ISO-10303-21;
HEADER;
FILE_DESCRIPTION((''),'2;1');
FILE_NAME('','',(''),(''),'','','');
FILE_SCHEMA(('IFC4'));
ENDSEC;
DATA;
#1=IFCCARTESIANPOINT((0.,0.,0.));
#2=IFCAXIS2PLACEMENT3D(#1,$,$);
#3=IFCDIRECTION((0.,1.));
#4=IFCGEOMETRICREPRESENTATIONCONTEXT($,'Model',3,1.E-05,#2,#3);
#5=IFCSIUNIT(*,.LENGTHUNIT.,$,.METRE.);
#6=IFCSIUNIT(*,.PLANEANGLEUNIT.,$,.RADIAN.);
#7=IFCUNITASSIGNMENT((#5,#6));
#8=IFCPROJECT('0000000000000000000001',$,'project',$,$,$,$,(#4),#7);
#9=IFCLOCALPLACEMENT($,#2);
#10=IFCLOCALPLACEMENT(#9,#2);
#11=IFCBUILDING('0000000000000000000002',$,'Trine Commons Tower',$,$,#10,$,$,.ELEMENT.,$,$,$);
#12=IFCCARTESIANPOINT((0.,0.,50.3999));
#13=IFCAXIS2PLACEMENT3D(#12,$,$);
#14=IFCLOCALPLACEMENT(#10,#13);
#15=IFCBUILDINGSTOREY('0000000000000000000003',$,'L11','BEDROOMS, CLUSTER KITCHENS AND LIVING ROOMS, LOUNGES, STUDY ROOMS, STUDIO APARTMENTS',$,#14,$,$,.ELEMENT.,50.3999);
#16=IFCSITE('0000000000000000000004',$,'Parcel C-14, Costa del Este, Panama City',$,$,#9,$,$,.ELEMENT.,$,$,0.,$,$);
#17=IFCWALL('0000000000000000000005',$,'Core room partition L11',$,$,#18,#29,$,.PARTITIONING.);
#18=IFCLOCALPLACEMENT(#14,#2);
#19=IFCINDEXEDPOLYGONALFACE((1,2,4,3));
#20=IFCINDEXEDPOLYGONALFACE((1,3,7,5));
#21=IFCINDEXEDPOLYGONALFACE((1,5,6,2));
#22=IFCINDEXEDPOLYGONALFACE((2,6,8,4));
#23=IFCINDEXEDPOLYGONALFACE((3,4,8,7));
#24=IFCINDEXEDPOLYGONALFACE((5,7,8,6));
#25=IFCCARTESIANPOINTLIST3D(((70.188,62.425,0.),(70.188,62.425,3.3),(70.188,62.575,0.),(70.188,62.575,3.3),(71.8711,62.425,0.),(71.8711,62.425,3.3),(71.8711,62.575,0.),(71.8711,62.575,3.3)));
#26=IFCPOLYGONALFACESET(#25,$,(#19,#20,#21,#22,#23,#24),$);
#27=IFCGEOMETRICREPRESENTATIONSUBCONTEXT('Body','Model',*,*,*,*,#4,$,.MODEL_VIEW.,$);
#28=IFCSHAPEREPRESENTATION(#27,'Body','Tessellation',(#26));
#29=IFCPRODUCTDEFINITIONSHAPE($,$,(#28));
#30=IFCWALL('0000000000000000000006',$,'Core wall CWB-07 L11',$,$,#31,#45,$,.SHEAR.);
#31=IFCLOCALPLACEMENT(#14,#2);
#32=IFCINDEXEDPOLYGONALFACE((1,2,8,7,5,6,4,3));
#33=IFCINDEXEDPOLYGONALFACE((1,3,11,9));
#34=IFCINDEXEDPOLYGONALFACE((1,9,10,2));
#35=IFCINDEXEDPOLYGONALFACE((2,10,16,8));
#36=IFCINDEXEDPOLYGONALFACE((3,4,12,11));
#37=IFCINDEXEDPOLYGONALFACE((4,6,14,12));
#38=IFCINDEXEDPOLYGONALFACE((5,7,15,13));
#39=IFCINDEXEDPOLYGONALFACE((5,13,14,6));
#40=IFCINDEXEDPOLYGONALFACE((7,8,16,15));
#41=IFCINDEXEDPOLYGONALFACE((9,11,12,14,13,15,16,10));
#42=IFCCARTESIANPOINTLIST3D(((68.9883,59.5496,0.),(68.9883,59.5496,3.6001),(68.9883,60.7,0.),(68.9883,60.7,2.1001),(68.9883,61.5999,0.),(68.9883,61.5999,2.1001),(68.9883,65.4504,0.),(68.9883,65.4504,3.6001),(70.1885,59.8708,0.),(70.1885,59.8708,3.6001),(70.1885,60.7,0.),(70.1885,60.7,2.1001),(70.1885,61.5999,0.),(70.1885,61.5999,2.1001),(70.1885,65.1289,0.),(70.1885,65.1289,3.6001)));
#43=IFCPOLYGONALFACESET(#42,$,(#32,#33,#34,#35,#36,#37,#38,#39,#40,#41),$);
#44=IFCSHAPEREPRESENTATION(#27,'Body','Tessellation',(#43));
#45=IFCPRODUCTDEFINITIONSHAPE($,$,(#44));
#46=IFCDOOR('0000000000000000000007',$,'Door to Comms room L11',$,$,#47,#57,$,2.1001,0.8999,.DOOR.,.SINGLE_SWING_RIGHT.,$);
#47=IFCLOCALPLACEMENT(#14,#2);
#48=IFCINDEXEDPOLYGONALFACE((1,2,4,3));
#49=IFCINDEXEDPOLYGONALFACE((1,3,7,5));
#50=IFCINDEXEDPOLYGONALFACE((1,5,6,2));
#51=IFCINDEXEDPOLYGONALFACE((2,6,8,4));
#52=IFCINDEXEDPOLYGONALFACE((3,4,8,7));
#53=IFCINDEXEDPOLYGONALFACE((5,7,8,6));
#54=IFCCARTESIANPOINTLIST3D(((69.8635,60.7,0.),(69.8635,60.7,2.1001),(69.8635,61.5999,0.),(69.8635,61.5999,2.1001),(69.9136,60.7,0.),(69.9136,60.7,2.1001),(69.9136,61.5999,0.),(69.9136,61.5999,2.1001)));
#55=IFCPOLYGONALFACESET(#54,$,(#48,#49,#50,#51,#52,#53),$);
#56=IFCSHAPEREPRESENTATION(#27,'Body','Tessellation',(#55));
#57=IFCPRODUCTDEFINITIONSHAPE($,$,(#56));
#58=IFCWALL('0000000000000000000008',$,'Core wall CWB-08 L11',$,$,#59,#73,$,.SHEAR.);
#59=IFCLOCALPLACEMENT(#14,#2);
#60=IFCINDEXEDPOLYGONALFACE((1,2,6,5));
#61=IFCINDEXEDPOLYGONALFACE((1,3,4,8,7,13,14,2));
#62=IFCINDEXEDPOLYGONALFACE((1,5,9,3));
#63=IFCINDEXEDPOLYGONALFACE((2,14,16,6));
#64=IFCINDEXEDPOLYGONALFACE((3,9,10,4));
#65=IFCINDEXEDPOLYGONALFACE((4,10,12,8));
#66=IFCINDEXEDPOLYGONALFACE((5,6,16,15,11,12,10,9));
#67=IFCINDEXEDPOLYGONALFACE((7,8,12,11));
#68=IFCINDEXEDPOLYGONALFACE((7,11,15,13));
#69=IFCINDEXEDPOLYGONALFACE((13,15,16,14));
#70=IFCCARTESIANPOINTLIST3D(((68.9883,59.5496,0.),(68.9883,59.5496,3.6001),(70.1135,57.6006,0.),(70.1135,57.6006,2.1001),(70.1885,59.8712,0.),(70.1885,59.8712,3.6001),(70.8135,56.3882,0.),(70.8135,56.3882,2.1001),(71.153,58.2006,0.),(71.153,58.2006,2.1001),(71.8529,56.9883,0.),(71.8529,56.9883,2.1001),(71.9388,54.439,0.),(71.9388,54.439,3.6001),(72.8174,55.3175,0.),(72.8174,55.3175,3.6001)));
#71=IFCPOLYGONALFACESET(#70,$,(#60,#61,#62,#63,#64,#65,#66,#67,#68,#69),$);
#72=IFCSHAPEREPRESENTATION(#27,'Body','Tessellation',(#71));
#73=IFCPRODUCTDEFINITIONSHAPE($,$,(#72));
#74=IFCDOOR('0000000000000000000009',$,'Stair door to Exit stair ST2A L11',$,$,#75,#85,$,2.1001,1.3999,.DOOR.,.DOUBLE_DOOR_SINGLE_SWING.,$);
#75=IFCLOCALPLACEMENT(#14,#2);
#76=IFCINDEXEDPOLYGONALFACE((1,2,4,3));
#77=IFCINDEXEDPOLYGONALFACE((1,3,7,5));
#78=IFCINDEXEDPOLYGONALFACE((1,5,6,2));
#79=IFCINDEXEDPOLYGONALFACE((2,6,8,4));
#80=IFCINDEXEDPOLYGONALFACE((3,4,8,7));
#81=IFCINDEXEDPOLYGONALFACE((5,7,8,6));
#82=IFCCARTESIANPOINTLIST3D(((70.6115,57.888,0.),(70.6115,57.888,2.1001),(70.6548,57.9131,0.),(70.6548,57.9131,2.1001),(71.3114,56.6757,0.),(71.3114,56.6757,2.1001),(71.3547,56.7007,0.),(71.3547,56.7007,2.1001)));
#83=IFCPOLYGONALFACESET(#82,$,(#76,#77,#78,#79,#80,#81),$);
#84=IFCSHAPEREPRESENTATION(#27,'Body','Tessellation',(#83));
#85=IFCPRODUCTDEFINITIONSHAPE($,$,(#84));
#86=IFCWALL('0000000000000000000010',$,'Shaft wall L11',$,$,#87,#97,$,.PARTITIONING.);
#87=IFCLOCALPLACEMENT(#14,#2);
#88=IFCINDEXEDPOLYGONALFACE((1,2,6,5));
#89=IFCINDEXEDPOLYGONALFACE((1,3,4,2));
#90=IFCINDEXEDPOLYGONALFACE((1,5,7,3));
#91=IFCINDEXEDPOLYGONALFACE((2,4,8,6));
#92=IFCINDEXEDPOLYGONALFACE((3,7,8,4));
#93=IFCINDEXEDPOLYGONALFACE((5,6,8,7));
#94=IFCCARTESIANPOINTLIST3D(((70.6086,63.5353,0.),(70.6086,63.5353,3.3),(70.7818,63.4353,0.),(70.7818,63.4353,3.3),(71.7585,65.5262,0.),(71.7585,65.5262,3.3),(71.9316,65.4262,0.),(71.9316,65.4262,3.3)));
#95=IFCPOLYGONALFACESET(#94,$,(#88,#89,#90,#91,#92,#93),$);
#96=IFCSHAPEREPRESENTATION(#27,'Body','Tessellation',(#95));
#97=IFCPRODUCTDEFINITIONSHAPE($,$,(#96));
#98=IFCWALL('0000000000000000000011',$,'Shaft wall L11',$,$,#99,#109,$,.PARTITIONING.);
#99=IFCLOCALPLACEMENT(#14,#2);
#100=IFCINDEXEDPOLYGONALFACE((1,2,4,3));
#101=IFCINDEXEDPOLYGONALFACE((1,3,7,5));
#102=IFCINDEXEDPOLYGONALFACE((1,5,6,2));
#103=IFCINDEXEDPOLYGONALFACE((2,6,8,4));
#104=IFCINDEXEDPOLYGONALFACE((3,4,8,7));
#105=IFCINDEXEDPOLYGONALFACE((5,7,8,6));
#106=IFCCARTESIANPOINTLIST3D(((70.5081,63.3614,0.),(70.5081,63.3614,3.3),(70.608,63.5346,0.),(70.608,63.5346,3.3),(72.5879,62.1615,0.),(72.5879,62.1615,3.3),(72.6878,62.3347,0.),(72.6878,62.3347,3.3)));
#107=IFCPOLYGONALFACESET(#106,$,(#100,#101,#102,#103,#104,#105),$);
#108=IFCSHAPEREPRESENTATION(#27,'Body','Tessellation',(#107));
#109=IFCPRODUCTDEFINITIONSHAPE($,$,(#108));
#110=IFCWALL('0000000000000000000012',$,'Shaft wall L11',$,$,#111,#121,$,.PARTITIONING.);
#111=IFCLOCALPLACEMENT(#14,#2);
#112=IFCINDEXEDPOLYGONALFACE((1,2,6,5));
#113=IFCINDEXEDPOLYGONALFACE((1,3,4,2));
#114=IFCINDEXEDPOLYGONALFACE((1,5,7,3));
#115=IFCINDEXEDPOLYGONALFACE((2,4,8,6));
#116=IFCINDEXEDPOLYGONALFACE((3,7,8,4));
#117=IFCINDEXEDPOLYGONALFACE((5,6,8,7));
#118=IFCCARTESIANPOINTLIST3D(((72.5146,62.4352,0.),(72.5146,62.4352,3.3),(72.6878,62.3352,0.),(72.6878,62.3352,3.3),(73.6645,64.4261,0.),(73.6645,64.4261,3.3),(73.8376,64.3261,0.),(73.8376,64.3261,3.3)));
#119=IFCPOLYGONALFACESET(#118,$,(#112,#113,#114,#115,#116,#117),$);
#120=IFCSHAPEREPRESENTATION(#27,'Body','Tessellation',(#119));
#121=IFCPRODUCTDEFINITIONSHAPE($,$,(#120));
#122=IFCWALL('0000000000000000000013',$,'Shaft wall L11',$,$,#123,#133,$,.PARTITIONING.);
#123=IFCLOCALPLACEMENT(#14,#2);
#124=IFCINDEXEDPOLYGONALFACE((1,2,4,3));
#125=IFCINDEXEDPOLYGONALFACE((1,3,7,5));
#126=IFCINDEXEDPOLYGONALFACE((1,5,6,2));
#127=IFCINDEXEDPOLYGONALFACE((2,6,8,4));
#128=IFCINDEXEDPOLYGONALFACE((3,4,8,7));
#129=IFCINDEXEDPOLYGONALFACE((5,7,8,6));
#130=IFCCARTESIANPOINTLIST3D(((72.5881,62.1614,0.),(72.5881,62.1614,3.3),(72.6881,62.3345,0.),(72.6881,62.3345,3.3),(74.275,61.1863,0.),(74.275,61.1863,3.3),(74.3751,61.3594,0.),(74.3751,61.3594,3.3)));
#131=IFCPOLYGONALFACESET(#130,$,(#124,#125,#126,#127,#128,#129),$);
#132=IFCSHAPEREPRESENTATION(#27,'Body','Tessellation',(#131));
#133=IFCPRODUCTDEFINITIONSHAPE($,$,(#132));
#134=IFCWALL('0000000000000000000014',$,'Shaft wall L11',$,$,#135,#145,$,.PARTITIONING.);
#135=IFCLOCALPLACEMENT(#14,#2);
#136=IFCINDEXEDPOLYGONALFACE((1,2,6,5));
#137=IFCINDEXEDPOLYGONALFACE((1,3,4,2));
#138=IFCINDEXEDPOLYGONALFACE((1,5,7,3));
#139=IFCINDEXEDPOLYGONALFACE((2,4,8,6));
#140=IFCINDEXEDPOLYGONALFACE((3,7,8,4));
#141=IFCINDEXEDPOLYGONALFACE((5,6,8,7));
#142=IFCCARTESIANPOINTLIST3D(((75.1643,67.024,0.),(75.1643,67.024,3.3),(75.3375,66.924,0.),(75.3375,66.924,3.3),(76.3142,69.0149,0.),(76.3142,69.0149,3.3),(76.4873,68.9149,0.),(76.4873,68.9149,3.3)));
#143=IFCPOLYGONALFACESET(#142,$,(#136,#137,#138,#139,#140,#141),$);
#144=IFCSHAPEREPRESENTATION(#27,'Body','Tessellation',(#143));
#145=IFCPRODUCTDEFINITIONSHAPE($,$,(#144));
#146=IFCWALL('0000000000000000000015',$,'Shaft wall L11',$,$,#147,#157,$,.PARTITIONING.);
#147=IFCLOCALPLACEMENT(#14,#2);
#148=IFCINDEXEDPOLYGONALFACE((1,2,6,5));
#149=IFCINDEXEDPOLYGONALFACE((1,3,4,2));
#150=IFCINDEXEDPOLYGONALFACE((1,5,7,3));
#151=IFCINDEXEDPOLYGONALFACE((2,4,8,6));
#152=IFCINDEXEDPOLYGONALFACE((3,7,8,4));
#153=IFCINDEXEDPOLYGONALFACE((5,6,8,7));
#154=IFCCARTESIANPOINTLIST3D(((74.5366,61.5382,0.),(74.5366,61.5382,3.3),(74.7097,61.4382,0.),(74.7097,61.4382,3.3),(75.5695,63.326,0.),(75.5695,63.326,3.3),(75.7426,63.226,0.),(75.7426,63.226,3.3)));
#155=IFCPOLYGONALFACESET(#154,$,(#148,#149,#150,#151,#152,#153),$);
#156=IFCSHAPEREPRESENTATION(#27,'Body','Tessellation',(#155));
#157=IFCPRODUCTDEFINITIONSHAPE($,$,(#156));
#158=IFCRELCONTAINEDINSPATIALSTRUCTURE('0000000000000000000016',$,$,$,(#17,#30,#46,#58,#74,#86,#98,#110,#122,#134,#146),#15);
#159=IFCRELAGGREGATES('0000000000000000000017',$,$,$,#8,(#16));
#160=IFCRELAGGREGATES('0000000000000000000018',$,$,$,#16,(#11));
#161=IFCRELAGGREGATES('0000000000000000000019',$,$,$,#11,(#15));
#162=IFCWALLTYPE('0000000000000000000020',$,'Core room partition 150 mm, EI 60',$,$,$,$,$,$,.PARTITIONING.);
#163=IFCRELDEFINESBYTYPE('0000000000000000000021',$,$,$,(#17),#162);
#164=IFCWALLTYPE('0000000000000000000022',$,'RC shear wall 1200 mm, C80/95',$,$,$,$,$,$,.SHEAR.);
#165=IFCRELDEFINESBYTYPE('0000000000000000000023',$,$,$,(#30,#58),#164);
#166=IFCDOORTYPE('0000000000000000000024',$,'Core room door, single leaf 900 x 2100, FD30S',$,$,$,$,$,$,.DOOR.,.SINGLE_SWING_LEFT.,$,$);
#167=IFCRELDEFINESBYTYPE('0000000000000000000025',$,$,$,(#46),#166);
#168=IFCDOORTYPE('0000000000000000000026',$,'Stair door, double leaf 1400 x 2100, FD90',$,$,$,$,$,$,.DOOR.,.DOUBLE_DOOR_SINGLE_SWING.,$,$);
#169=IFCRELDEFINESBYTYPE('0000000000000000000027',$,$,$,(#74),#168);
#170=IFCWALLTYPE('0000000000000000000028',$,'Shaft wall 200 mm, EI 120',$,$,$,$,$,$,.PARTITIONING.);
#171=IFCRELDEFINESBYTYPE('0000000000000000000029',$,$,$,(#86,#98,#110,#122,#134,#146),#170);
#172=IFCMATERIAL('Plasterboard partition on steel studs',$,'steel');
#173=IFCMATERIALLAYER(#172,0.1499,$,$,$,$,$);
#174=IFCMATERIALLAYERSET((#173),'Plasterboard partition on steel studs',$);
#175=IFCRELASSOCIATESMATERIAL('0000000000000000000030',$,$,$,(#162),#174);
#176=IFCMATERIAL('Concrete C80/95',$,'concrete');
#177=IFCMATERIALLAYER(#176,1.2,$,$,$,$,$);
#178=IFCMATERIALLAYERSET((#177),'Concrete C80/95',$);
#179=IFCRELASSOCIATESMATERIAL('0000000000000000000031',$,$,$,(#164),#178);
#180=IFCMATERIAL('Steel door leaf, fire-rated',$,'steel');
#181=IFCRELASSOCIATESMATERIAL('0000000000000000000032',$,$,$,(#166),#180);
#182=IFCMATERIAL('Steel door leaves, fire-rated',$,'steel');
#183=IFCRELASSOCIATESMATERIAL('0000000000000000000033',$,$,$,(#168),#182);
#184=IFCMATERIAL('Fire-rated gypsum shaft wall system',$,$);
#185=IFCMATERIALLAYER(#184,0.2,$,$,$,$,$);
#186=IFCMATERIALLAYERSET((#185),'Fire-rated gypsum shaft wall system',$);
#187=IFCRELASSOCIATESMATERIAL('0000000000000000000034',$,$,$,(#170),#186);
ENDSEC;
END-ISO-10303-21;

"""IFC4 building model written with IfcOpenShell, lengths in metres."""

from ifc_helpers import new_model, si_unit, direction, frame, frame_2d, origin, place, context, subcontext, project, spatial, polyline, rectangle, outline, extrude, material, layer, layer_set, type_object, element, fill, save


model = new_model("IFC4")

# Units and contexts
model_context = context("Model", 3, precision=1e-05, world=origin(), true_north=direction((0.0, 1.0)))
body_context = subcontext(model_context, "Body", "Model", "MODEL_VIEW")
ifc_project = project(units=[si_unit("LENGTHUNIT", "METRE"), si_unit("PLANEANGLEUNIT", "RADIAN")], contexts=[model_context])

# Site, building, storey
site_placement = place(None, origin())
site = spatial("IfcSite", under=ifc_project, at=site_placement, Name="Parcel C-14, Costa del Este, Panama City", CompositionType="ELEMENT", RefElevation=0.0)
building_placement = place(site_placement, origin())
building = spatial("IfcBuilding", under=site, at=building_placement, Name="Trine Commons Tower", CompositionType="ELEMENT")
storey_placement = place(building_placement, frame((0.0, 0.0, 50.3999)))
storey = spatial("IfcBuildingStorey", under=building, at=storey_placement, Name="L11", Description="BEDROOMS, CLUSTER KITCHENS AND LIVING ROOMS, LOUNGES, STUDY ROOMS, STUDIO APARTMENTS", CompositionType="ELEMENT", Elevation=50.3999)

# Wall
ifc_material_1 = material(Name="Plasterboard partition on steel studs", Category="steel")
ifc_layer_1 = layer(ifc_material_1, 0.1499)
ifc_layer_set_1 = layer_set([ifc_layer_1], Name="Plasterboard partition on steel studs")
wall_type_1 = type_object("IfcWallType", Name="Core room partition 150 mm, EI 60", PredefinedType="PARTITIONING", material=ifc_layer_set_1)
wall_1_placement = place(storey_placement, frame((70.188, 62.5, 0.0), z_axis=(0.0, 0.0, 1.0), x_axis=(1.0, 0.0, 0.0)))
element("IfcWall", 1, at=wall_1_placement, inside=storey, type_object=wall_type_1, Name="Core room partition L11", PredefinedType="PARTITIONING", context=body_context, shape_type="SweptSolid", body=[
    extrude(rectangle(XDim=1.6831, YDim=0.1499, at=frame_2d((0.8416, 0.0))), origin(), (0.0, 0.0, 1.0), 3.3),
])

# Walls, openings, doors
ifc_material_2 = material(Name="Concrete C80/95", Category="concrete")
ifc_layer_2 = layer(ifc_material_2, 1.2)
ifc_layer_set_2 = layer_set([ifc_layer_2], Name="Concrete C80/95")
wall_type_2 = type_object("IfcWallType", Name="RC shear wall 1200 mm, C80/95", PredefinedType="SHEAR", material=ifc_layer_set_2)
wall_2_placement = place(storey_placement, frame((69.5884, 65.4504, 0.0), z_axis=(0.0, 0.0, 1.0), x_axis=(0.0, -1.0, 0.0)))
wall_2 = element("IfcWall", 2, at=wall_2_placement, inside=storey, type_object=wall_type_2, Name="Core wall CWB-07 L11", PredefinedType="SHEAR", context=body_context, shape_type="SweptSolid", body=[
    extrude(outline(polyline([(0.0, -0.6001), (5.9009, -0.6001), (5.5796, 0.6001), (0.3215, 0.6001), (0.0, -0.6001)])), origin(), (0.0, 0.0, 1.0), 3.6001),
])
opening_1_placement = place(wall_2_placement, frame((3.8506, 0.0, 0.0)))
opening_1 = element("IfcOpeningElement", 3, at=opening_1_placement, cuts=wall_2, PredefinedType="OPENING", context=body_context, shape_type="SweptSolid", body=[
    extrude(rectangle(XDim=0.8999, YDim=2.1001, at=frame_2d((0.45, 1.05))), frame((0.0, 0.6099, 0.0), z_axis=(0.0, -1.0, 0.0), x_axis=(1.0, 0.0, 0.0)), (0.0, 0.0, 1.0), 1.22),
])
ifc_material_3 = material(Name="Steel door leaf, fire-rated", Category="steel")
door_type_1 = type_object("IfcDoorType", Name="Core room door, single leaf 900 x 2100, FD30S", OperationType="SINGLE_SWING_LEFT", PredefinedType="DOOR", material=ifc_material_3)
door_1_placement = place(opening_1_placement, origin())
door_1 = element("IfcDoor", 4, at=door_1_placement, inside=storey, type_object=door_type_1, Name="Door to Comms room L11", OperationType="SINGLE_SWING_RIGHT", OverallHeight=2.1001, OverallWidth=0.8999, PredefinedType="DOOR", context=body_context, shape_type="SweptSolid", body=[
    extrude(rectangle(XDim=0.8999, YDim=2.1001, at=frame_2d((0.45, 1.05))), frame((0.0, 0.3252, 0.0), z_axis=(0.0, -1.0, 0.0), x_axis=(1.0, 0.0, 0.0)), (0.0, 0.0, 1.0), 0.05),
])
fill(opening_1, door_1)
wall_3_placement = place(storey_placement, frame((69.5081, 59.8496, 0.0), z_axis=(0.0, 0.0, 1.0), x_axis=(0.499979, -0.866037, 0.0)))
wall_3 = element("IfcWall", 5, at=wall_3_placement, inside=storey, type_object=wall_type_2, Name="Core wall CWB-08 L11", PredefinedType="SHEAR", context=body_context, shape_type="SweptSolid", body=[
    extrude(outline(polyline([(0.0, -0.6001), (5.9011, -0.6001), (5.5796, 0.6001), (0.3215, 0.6001), (0.0, -0.6001)])), origin(), (0.0, 0.0, 1.0), 3.6001),
])
opening_2_placement = place(wall_3_placement, frame((2.2505, 0.0, 0.0)))
opening_2 = element("IfcOpeningElement", 6, at=opening_2_placement, cuts=wall_3, PredefinedType="OPENING", context=body_context, shape_type="SweptSolid", body=[
    extrude(rectangle(XDim=1.3999, YDim=2.1001, at=frame_2d((0.7, 1.05))), frame((0.0, 0.6099, 0.0), z_axis=(0.0, -1.0, 0.0), x_axis=(1.0, 0.0, 0.0)), (0.0, 0.0, 1.0), 1.22),
])
ifc_material_4 = material(Name="Steel door leaves, fire-rated", Category="steel")
door_type_2 = type_object("IfcDoorType", Name="Stair door, double leaf 1400 x 2100, FD90", OperationType="DOUBLE_DOOR_SINGLE_SWING", PredefinedType="DOOR", material=ifc_material_4)
door_2_placement = place(opening_2_placement, origin())
door_2 = element("IfcDoor", 7, at=door_2_placement, inside=storey, type_object=door_type_2, Name="Stair door to Exit stair ST2A L11", OperationType="DOUBLE_DOOR_SINGLE_SWING", OverallHeight=2.1001, OverallWidth=1.3999, PredefinedType="DOOR", context=body_context, shape_type="SweptSolid", body=[
    extrude(rectangle(XDim=1.3999, YDim=2.1001, at=frame_2d((0.7, 1.05))), frame((0.0, 0.0249, 0.0), z_axis=(0.0, -1.0, 0.0), x_axis=(1.0, 0.0, 0.0)), (0.0, 0.0, 1.0), 0.05),
])
fill(opening_2, door_2)

# Walls
ifc_material_5 = material(Name="Fire-rated gypsum shaft wall system")
ifc_layer_3 = layer(ifc_material_5, 0.2)
ifc_layer_set_3 = layer_set([ifc_layer_3], Name="Fire-rated gypsum shaft wall system")
wall_type_3 = type_object("IfcWallType", Name="Shaft wall 200 mm, EI 120", PredefinedType="PARTITIONING", material=ifc_layer_set_3)
wall_4_placement = place(storey_placement, frame((71.845, 65.4761, 0.0), z_axis=(0.0, 0.0, 1.0), x_axis=(-0.500136, -0.865947, 0.0)))
element("IfcWall", 8, at=wall_4_placement, inside=storey, type_object=wall_type_3, Name="Shaft wall L11", PredefinedType="PARTITIONING", context=body_context, shape_type="SweptSolid", body=[
    extrude(rectangle(XDim=2.2991, YDim=0.2, at=frame_2d((1.1494, 0.0))), origin(), (0.0, 0.0, 1.0), 3.3),
])
wall_5_placement = place(storey_placement, frame((72.6379, 62.248, 0.0), z_axis=(0.0, 0.0, 1.0), x_axis=(-0.866177, 0.499737, 0.0)))
element("IfcWall", 9, at=wall_5_placement, inside=storey, type_object=wall_type_3, Name="Shaft wall L11", PredefinedType="PARTITIONING", context=body_context, shape_type="SweptSolid", body=[
    extrude(rectangle(XDim=2.4011, YDim=0.2, at=frame_2d((1.2007, 0.0))), origin(), (0.0, 0.0, 1.0), 3.3),
])
wall_6_placement = place(storey_placement, frame((73.751, 64.376, 0.0), z_axis=(0.0, 0.0, 1.0), x_axis=(-0.500136, -0.865947, 0.0)))
element("IfcWall", 10, at=wall_6_placement, inside=storey, type_object=wall_type_3, Name="Shaft wall L11", PredefinedType="PARTITIONING", context=body_context, shape_type="SweptSolid", body=[
    extrude(rectangle(XDim=2.2991, YDim=0.2, at=frame_2d((1.1494, 0.0))), origin(), (0.0, 0.0, 1.0), 3.3),
])
wall_7_placement = place(storey_placement, frame((74.325, 61.2729, 0.0), z_axis=(0.0, 0.0, 1.0), x_axis=(-0.865781, 0.500424, 0.0)))
element("IfcWall", 11, at=wall_7_placement, inside=storey, type_object=wall_type_3, Name="Shaft wall L11", PredefinedType="PARTITIONING", context=body_context, shape_type="SweptSolid", body=[
    extrude(rectangle(XDim=1.9485, YDim=0.2, at=frame_2d((0.9741, 0.0))), origin(), (0.0, 0.0, 1.0), 3.3),
])
wall_8_placement = place(storey_placement, frame((75.251, 66.9741, 0.0), z_axis=(0.0, 0.0, 1.0), x_axis=(0.500136, 0.865947, 0.0)))
element("IfcWall", 12, at=wall_8_placement, inside=storey, type_object=wall_type_3, Name="Shaft wall L11", PredefinedType="PARTITIONING", context=body_context, shape_type="SweptSolid", body=[
    extrude(rectangle(XDim=2.2991, YDim=0.2, at=frame_2d((1.1494, 0.0))), origin(), (0.0, 0.0, 1.0), 3.3),
])
wall_9_placement = place(storey_placement, frame((75.656, 63.2759, 0.0), z_axis=(0.0, 0.0, 1.0), x_axis=(-0.500272, -0.865868, 0.0)))
element("IfcWall", 13, at=wall_9_placement, inside=storey, type_object=wall_type_3, Name="Shaft wall L11", PredefinedType="PARTITIONING", context=body_context, shape_type="SweptSolid", body=[
    extrude(rectangle(XDim=2.0647, YDim=0.2, at=frame_2d((1.0322, 0.0))), origin(), (0.0, 0.0, 1.0), 3.3),
])

save(model, "model.ifc")
